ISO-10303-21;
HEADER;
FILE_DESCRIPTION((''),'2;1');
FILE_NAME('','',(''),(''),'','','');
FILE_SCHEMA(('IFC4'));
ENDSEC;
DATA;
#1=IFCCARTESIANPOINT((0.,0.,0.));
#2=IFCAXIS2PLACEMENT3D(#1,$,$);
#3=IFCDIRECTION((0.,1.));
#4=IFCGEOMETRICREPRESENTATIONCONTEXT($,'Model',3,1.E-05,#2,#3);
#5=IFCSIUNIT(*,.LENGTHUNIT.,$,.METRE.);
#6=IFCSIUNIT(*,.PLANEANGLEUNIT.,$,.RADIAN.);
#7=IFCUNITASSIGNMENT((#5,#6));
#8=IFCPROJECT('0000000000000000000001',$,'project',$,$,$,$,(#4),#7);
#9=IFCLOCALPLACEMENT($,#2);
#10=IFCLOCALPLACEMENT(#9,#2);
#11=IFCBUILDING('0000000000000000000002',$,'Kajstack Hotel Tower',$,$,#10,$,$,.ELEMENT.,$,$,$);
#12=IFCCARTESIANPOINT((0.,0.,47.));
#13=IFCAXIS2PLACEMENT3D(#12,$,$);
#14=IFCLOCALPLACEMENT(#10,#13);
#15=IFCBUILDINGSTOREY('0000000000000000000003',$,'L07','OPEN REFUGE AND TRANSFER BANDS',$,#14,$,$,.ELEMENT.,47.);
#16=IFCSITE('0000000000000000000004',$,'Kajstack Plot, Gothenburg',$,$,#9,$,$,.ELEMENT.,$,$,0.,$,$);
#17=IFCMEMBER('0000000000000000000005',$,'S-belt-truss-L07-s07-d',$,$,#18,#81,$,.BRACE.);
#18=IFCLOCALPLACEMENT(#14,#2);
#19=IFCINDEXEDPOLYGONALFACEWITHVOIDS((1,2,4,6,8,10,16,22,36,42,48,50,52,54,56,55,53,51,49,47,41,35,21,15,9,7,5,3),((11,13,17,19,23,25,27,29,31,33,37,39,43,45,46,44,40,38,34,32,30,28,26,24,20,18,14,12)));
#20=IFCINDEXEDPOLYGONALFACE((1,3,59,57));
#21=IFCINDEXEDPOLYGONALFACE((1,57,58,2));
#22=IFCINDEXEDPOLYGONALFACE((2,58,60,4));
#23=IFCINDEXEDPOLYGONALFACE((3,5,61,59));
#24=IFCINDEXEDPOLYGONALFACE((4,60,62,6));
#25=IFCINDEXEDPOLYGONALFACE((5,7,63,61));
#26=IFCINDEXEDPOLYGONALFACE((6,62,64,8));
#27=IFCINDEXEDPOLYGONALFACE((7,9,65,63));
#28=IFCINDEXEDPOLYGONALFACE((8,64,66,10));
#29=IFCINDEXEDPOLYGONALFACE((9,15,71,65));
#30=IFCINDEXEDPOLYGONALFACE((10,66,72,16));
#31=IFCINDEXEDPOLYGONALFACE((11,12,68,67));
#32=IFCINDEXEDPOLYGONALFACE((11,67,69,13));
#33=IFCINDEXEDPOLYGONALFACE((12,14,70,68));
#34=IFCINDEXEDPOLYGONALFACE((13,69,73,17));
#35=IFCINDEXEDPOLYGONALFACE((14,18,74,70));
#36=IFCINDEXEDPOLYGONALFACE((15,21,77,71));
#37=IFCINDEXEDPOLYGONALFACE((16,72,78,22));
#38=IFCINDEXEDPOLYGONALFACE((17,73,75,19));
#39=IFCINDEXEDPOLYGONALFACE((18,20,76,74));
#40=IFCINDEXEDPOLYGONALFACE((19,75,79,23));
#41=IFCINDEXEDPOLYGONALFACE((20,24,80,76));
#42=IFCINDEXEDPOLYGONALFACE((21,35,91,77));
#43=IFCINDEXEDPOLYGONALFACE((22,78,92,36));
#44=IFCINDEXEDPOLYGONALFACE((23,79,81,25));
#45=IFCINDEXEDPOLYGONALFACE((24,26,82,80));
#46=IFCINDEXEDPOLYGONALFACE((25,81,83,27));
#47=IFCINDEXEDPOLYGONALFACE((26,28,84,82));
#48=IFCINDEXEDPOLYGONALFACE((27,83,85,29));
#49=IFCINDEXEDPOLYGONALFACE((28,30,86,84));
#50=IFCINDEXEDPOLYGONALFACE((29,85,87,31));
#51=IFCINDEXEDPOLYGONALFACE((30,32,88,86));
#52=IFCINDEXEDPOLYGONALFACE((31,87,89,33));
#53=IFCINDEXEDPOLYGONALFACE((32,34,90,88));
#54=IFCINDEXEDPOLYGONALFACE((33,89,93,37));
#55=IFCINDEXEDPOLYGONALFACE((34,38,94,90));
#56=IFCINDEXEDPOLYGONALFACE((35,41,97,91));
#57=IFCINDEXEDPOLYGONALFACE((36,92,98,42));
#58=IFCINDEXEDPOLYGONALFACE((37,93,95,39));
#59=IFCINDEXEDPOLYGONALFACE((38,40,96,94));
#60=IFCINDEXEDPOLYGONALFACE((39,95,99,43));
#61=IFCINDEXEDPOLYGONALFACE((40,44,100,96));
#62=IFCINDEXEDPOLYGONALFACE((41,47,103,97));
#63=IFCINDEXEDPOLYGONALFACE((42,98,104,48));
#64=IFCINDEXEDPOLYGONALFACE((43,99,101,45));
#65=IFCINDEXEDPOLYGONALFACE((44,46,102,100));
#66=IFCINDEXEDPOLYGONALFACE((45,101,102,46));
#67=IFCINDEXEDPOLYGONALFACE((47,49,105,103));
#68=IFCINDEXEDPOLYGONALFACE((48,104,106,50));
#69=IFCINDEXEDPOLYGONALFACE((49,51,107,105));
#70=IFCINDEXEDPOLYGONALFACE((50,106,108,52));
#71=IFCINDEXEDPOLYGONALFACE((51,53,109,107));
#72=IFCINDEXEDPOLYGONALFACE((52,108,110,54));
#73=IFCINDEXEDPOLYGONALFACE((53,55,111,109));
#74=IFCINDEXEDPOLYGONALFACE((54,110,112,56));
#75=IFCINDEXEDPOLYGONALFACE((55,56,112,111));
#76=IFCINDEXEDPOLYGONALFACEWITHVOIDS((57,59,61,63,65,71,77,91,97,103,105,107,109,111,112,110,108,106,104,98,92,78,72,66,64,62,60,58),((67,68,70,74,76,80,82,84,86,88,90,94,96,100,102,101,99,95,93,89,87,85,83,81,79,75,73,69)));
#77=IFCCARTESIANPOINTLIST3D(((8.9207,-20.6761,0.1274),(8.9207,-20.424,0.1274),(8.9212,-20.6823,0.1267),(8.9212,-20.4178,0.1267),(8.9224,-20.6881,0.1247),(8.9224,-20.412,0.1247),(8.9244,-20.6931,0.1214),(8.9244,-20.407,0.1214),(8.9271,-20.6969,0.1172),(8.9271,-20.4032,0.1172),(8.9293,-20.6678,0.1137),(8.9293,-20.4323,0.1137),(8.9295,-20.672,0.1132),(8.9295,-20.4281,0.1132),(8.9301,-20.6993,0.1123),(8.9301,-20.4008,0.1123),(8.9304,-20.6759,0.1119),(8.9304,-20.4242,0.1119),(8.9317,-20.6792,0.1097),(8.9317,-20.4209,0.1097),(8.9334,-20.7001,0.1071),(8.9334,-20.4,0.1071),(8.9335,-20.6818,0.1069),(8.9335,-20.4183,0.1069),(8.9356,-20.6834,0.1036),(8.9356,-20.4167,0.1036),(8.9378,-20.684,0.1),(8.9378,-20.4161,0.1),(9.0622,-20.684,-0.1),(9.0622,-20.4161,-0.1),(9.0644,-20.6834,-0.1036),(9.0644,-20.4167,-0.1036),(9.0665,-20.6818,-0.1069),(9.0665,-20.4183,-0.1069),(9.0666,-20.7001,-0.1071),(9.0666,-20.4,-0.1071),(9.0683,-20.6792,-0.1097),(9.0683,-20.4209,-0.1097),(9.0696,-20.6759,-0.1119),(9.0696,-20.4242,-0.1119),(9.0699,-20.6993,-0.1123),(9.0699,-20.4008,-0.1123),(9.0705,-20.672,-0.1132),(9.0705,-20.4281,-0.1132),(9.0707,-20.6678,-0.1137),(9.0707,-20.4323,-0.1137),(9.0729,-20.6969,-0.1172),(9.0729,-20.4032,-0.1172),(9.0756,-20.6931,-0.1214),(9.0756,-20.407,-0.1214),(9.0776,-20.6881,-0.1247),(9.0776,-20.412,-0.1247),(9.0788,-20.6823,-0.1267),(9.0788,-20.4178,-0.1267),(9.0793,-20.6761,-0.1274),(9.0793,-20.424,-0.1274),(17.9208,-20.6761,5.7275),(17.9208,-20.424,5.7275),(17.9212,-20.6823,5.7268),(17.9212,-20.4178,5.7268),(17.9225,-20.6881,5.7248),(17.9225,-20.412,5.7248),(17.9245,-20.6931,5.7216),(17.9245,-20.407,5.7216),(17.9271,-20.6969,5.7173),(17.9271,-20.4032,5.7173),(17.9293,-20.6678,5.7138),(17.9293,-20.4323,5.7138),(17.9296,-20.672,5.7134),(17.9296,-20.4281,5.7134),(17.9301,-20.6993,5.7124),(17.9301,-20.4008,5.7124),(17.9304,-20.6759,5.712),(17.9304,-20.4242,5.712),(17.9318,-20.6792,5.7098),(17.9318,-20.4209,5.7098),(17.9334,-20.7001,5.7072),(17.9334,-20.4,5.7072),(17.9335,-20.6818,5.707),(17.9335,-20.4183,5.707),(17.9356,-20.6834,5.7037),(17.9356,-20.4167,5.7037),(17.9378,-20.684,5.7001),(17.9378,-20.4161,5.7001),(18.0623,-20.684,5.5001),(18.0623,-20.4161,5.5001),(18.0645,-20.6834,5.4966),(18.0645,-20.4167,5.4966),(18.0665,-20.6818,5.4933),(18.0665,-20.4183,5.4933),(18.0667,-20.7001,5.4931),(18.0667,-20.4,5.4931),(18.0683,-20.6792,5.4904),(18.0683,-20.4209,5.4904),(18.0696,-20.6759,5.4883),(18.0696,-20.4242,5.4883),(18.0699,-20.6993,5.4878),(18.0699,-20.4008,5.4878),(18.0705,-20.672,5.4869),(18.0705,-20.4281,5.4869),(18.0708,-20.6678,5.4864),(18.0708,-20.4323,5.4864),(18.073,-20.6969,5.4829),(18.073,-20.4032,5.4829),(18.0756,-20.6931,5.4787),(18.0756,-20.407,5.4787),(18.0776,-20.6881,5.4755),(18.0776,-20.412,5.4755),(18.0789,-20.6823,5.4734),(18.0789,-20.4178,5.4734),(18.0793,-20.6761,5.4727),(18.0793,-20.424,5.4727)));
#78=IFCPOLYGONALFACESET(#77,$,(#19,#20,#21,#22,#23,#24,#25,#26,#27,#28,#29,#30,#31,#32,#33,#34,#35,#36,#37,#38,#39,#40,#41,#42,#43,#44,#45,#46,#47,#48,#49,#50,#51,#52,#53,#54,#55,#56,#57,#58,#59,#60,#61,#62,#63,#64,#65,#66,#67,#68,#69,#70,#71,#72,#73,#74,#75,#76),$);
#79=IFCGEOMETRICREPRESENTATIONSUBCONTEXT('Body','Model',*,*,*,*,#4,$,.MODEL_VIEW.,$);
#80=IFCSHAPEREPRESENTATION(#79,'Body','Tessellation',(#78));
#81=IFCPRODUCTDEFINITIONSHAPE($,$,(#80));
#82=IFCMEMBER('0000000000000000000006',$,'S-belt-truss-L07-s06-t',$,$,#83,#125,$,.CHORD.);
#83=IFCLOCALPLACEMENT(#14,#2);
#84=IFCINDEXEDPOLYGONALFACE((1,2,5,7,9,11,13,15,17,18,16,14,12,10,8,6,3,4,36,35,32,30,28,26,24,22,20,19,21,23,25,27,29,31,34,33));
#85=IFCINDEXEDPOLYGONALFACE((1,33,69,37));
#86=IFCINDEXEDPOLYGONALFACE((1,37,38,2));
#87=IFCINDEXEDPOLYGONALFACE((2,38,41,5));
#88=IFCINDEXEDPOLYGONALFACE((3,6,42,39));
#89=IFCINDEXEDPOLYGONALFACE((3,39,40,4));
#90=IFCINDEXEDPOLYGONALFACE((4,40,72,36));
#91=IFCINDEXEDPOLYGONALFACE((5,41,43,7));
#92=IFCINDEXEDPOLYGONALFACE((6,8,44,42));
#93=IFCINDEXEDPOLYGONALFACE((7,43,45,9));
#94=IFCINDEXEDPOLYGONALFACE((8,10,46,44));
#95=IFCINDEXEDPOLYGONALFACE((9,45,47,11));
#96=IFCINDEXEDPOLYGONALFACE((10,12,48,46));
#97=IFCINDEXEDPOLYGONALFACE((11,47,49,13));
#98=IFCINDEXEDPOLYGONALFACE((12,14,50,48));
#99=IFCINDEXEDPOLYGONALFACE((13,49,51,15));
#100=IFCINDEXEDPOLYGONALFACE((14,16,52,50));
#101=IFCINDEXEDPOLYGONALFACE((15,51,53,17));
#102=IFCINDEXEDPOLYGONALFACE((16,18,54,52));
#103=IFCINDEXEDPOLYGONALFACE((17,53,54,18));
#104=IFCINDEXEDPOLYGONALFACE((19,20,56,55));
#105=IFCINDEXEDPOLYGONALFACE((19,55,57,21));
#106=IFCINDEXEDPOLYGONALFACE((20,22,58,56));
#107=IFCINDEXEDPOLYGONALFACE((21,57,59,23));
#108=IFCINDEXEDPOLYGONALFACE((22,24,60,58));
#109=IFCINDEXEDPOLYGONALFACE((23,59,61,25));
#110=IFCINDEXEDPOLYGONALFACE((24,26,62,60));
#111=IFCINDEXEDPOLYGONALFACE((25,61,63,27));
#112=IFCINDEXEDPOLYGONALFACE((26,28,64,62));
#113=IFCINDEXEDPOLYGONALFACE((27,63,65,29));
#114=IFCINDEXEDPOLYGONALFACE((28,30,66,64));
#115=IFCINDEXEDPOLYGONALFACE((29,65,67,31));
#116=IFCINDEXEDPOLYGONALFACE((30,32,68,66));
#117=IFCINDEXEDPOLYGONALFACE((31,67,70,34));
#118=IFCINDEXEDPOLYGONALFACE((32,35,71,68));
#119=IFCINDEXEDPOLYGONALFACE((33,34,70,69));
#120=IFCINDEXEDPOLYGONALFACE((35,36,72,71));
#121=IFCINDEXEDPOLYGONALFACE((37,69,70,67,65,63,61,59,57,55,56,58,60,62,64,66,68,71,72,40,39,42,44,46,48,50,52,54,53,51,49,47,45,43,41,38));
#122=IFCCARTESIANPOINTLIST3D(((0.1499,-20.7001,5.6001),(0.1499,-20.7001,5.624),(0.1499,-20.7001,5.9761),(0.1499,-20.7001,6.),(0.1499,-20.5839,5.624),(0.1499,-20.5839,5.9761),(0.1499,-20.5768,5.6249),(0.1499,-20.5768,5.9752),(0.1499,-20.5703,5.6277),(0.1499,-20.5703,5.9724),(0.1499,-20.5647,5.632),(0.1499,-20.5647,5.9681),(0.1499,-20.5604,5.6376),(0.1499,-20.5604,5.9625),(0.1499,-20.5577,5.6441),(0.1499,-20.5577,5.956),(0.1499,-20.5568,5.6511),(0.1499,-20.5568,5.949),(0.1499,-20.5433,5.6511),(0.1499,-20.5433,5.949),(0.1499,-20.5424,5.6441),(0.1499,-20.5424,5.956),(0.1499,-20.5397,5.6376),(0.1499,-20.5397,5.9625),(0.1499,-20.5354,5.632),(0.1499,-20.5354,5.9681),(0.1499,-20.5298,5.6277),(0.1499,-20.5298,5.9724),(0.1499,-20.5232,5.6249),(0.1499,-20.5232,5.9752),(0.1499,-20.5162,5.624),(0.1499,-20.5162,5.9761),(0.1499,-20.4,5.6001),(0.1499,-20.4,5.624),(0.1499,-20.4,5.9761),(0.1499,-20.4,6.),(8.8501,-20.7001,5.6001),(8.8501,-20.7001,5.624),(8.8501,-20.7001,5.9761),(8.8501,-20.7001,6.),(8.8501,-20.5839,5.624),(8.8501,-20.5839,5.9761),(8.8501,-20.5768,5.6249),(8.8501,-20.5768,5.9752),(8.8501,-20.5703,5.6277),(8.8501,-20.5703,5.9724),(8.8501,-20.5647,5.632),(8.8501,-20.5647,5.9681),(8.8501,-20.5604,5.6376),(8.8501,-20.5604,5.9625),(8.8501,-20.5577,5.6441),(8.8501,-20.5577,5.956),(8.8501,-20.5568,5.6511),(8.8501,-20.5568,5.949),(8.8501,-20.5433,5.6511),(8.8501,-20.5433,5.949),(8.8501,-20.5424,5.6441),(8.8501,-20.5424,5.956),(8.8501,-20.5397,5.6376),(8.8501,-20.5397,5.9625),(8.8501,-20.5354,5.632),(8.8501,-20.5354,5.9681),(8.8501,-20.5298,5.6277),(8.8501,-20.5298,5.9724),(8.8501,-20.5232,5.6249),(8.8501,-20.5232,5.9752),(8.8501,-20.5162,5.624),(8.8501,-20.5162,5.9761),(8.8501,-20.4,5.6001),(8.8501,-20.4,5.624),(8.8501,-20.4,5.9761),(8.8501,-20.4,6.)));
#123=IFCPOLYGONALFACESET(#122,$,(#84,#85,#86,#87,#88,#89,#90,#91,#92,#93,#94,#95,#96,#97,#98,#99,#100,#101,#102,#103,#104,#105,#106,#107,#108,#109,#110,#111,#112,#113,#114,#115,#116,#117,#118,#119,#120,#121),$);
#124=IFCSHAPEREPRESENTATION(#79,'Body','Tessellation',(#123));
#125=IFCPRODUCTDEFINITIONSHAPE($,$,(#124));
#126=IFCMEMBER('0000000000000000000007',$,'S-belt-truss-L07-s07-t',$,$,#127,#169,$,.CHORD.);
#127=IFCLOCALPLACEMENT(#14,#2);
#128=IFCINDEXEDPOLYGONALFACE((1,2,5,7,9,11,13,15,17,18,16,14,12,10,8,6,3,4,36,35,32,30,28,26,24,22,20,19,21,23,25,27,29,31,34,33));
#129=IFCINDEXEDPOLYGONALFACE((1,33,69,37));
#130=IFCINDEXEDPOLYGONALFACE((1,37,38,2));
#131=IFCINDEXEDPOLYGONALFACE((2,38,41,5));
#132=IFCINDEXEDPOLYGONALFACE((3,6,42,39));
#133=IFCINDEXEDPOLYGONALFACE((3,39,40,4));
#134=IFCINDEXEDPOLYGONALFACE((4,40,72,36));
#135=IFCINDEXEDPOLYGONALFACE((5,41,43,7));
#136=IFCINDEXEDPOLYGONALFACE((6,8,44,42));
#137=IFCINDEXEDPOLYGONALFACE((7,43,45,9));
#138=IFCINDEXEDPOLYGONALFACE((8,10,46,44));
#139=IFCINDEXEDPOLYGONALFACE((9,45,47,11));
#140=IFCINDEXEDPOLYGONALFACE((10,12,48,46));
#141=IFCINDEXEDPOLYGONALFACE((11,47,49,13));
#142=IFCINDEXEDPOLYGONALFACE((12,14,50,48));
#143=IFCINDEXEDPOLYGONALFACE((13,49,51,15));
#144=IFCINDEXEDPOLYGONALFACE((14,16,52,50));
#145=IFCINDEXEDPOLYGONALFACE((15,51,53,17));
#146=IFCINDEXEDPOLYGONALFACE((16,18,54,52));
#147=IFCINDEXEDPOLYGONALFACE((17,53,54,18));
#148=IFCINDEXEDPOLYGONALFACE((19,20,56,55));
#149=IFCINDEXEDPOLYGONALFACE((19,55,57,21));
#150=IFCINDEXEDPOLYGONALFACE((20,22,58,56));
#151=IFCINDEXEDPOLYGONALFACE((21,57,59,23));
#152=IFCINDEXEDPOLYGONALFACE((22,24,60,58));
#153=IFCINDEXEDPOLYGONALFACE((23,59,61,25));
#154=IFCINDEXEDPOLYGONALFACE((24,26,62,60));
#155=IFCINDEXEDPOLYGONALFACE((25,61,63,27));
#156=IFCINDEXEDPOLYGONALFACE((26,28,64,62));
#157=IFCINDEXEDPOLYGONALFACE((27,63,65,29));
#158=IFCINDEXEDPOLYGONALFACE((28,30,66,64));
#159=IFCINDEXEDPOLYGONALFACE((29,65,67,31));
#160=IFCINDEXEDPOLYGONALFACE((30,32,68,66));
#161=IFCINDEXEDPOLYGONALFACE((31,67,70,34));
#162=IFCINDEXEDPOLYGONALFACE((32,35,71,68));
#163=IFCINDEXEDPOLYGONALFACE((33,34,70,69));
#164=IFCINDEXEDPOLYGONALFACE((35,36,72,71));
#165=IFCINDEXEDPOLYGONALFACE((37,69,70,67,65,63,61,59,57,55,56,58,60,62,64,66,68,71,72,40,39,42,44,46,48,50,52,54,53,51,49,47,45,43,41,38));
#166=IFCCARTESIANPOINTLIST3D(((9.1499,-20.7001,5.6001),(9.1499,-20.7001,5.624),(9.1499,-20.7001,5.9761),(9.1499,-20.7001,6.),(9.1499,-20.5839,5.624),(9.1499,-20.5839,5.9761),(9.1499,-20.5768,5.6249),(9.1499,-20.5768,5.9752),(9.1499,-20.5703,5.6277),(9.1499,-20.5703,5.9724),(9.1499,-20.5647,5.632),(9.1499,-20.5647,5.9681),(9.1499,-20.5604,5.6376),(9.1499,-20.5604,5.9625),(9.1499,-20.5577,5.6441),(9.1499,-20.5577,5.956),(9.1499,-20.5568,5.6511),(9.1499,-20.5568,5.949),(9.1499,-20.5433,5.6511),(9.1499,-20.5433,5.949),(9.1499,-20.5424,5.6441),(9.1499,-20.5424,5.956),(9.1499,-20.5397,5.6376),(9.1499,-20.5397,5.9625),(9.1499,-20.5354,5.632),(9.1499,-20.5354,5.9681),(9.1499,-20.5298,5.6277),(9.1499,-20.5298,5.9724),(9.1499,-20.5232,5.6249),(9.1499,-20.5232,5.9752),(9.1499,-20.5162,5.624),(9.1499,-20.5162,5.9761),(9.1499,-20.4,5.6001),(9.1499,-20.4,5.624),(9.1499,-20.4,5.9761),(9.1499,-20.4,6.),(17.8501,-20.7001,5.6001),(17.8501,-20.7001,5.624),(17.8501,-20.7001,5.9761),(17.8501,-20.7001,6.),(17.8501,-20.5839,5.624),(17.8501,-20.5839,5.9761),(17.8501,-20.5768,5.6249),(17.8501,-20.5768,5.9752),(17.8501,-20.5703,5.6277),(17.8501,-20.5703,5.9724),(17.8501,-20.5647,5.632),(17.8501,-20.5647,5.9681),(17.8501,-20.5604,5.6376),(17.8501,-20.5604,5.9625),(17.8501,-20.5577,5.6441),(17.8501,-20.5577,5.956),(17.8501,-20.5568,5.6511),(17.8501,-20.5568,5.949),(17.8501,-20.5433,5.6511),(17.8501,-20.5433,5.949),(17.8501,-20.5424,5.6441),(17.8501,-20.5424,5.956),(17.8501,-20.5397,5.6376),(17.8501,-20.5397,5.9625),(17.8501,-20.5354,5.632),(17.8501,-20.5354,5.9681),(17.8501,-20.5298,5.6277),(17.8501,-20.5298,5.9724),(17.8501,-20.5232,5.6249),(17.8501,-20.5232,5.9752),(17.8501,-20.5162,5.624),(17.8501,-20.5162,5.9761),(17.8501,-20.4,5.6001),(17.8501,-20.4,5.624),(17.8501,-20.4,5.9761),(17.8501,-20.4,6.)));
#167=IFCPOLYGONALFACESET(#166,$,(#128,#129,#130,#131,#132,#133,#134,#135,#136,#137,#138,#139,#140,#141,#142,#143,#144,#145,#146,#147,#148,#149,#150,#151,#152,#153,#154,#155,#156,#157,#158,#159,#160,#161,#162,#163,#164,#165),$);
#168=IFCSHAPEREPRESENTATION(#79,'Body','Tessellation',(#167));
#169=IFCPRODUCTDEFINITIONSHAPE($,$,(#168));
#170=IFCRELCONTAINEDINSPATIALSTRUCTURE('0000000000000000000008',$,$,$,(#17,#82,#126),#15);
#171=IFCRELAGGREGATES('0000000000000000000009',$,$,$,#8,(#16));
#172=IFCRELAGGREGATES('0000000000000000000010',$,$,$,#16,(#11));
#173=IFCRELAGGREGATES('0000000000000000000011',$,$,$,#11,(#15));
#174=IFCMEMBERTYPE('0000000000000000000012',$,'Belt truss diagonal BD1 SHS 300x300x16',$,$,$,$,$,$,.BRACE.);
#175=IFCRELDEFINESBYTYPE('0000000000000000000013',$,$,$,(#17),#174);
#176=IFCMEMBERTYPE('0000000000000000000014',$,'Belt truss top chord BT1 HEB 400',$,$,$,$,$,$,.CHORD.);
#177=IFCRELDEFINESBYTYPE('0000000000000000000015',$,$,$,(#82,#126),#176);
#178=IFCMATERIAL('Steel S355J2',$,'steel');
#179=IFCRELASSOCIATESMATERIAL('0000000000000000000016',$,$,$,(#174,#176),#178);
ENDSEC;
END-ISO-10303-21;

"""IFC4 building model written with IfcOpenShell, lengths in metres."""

from ifc_helpers import new_model, si_unit, direction, frame, origin, origin_2d, place, context, subcontext, project, spatial, hollow_rectangle, i_section, extrude, material, material_profile, profile_set, type_object, element, save


model = new_model("IFC4")

# Units and contexts
model_context = context("Model", 3, precision=1e-05, world=origin(), true_north=direction((0.0, 1.0)))
body_context = subcontext(model_context, "Body", "Model", "MODEL_VIEW")
ifc_project = project(units=[si_unit("LENGTHUNIT", "METRE"), si_unit("PLANEANGLEUNIT", "RADIAN")], contexts=[model_context])

# Site, building, storey
site_placement = place(None, origin())
site = spatial("IfcSite", under=ifc_project, at=site_placement, Name="Kajstack Plot, Gothenburg", CompositionType="ELEMENT", RefElevation=0.0)
building_placement = place(site_placement, origin())
building = spatial("IfcBuilding", under=site, at=building_placement, Name="Kajstack Hotel Tower", CompositionType="ELEMENT")
storey_placement = place(building_placement, frame((0.0, 0.0, 47.0)))
storey = spatial("IfcBuildingStorey", under=building, at=storey_placement, Name="L07", Description="OPEN REFUGE AND TRANSFER BANDS", CompositionType="ELEMENT", Elevation=47.0)

# Members
ifc_material_1 = material(Name="Steel S355J2", Category="steel")
ifc_material_profile_1 = material_profile(ifc_material_1, hollow_rectangle(XDim=0.3, YDim=0.3, WallThickness=0.0161, InnerFilletRadius=0.0161, OuterFilletRadius=0.0239, at=origin_2d()), Name="SHS 300x300x16")
ifc_profile_set_1 = profile_set([ifc_material_profile_1], Name="Steel S355J2")
member_type_1 = type_object("IfcMemberType", Name="Belt truss diagonal BD1 SHS 300x300x16", PredefinedType="BRACE", material=ifc_profile_set_1)
for number, where, z_axis, x_axis, name in (
    (1, (9.0, -20.55, 0.0), (0.849052, 0.0, 0.528309), (0.0, 1.0, 0.0), "S-belt-truss-L07-s07-d"),
):
    element("IfcMember", number, at=place(storey_placement, frame(where, z_axis=z_axis, x_axis=x_axis)), inside=storey, type_object=member_type_1, Name=name, PredefinedType="BRACE", context=body_context, shape_type="SweptSolid", body=[
        extrude(hollow_rectangle(XDim=0.3, YDim=0.3, WallThickness=0.0161, InnerFilletRadius=0.0161, OuterFilletRadius=0.0239, at=origin_2d()), origin(), (0.0, 0.0, 1.0), 10.6001),
    ])
ifc_material_profile_2 = material_profile(ifc_material_1, i_section(OverallWidth=0.3, OverallDepth=0.3999, WebThickness=0.0134, FlangeThickness=0.0239, FilletRadius=0.0271, at=origin_2d()), Name="HEB 400")
ifc_profile_set_2 = profile_set([ifc_material_profile_2], Name="Steel S355J2")
member_type_2 = type_object("IfcMemberType", Name="Belt truss top chord BT1 HEB 400", PredefinedType="CHORD", material=ifc_profile_set_2)
for number, where, z_axis, x_axis, name in (
    (2, (0.1499, -20.55, 5.8), (1.0, 0.0, 0.0), (0.0, 1.0, 0.0), "S-belt-truss-L07-s06-t"),
    (3, (9.1499, -20.55, 5.8), (1.0, 0.0, 0.0), (0.0, 1.0, 0.0), "S-belt-truss-L07-s07-t"),
):
    element("IfcMember", number, at=place(storey_placement, frame(where, z_axis=z_axis, x_axis=x_axis)), inside=storey, type_object=member_type_2, Name=name, PredefinedType="CHORD", context=body_context, shape_type="SweptSolid", body=[
        extrude(i_section(OverallWidth=0.3, OverallDepth=0.3999, WebThickness=0.0134, FlangeThickness=0.0239, FilletRadius=0.0271, at=origin_2d()), origin(), (0.0, 0.0, 1.0), 8.7002),
    ])

save(model, "model.ifc")
